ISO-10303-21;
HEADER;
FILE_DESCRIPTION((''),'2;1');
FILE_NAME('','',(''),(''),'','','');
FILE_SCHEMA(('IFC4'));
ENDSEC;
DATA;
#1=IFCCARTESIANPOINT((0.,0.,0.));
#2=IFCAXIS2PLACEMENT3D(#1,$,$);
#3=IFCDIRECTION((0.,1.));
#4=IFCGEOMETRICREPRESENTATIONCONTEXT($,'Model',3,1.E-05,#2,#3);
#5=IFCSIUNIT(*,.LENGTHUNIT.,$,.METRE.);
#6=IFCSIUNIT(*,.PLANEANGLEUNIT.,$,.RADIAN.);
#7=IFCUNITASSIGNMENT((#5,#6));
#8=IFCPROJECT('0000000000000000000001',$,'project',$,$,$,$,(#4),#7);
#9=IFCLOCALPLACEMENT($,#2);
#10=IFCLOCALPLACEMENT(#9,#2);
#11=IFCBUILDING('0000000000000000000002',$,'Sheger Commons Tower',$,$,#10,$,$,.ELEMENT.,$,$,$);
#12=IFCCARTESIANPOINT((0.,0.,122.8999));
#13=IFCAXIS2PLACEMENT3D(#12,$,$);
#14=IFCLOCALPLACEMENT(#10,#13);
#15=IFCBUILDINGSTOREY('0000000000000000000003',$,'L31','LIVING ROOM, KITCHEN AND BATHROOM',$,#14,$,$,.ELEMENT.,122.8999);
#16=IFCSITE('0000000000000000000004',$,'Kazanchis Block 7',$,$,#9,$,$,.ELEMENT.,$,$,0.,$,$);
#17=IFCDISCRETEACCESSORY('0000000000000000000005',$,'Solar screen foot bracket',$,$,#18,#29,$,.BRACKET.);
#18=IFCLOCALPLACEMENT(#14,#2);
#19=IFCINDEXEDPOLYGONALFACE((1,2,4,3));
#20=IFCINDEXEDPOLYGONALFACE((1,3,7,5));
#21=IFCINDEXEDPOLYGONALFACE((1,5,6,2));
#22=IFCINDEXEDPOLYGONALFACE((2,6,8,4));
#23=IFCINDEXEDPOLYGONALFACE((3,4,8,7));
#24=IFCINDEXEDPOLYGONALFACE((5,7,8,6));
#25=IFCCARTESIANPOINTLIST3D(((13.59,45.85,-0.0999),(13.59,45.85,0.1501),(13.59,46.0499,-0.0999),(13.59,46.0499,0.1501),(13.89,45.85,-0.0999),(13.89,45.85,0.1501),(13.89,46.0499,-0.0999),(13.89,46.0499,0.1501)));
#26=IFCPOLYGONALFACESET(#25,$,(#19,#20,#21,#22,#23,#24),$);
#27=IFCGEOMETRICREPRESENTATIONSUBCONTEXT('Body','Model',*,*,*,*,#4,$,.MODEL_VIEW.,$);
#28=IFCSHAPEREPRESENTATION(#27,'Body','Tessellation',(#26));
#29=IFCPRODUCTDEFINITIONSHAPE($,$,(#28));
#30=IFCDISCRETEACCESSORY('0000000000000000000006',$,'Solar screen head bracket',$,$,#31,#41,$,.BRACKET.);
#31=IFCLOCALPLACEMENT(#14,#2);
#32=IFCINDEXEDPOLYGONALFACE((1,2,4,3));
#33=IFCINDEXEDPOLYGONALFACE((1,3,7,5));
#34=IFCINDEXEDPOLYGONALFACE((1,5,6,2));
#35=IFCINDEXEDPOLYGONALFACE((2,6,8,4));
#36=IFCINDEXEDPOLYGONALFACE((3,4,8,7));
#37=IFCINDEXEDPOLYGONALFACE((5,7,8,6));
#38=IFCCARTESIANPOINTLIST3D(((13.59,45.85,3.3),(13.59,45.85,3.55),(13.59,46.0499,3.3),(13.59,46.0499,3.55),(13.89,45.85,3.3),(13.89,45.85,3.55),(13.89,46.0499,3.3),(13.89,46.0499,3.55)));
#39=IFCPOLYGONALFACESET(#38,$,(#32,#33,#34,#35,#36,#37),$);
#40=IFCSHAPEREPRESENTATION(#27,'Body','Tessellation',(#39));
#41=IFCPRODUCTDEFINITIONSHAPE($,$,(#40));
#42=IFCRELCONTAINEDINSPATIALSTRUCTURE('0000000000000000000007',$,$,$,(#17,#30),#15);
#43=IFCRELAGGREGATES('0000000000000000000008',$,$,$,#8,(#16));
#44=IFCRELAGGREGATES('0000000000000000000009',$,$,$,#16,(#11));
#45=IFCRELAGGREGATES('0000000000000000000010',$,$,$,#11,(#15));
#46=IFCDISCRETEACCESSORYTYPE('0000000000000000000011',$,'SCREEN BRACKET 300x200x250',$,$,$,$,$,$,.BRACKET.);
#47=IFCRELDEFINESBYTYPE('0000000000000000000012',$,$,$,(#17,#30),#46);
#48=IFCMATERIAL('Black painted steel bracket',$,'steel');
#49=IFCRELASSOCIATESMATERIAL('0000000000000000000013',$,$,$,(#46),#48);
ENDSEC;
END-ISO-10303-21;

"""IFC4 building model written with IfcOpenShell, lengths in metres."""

from ifc_helpers import new_model, si_unit, direction, frame, origin, origin_2d, place, context, subcontext, project, spatial, rectangle, extrude, material, type_object, element, save


model = new_model("IFC4")

# Units and contexts
model_context = context("Model", 3, precision=1e-05, world=origin(), true_north=direction((0.0, 1.0)))
body_context = subcontext(model_context, "Body", "Model", "MODEL_VIEW")
ifc_project = project(units=[si_unit("LENGTHUNIT", "METRE"), si_unit("PLANEANGLEUNIT", "RADIAN")], contexts=[model_context])

# Site, building, storey
site_placement = place(None, origin())
site = spatial("IfcSite", under=ifc_project, at=site_placement, Name="Kazanchis Block 7", CompositionType="ELEMENT", RefElevation=0.0)
building_placement = place(site_placement, origin())
building = spatial("IfcBuilding", under=site, at=building_placement, Name="Sheger Commons Tower", CompositionType="ELEMENT")
storey_placement = place(building_placement, frame((0.0, 0.0, 122.8999)))
storey = spatial("IfcBuildingStorey", under=building, at=storey_placement, Name="L31", Description="LIVING ROOM, KITCHEN AND BATHROOM", CompositionType="ELEMENT", Elevation=122.8999)

# Discrete accessories
ifc_material_1 = material(Name="Black painted steel bracket", Category="steel")
discrete_accessory_type = type_object("IfcDiscreteAccessoryType", Name="SCREEN BRACKET 300x200x250", PredefinedType="BRACKET", material=ifc_material_1)
for number, where, z_axis, x_axis, name in (
    (1, (13.74, 45.95, -0.0999), (0.0, 0.0, 1.0), (-1.0, 0.0, 0.0), "Solar screen foot bracket"),
    (2, (13.74, 45.95, 3.3), (0.0, 0.0, 1.0), (-1.0, 0.0, 0.0), "Solar screen head bracket"),
):
    element("IfcDiscreteAccessory", number, at=place(storey_placement, frame(where, z_axis=z_axis, x_axis=x_axis)), inside=storey, type_object=discrete_accessory_type, Name=name, PredefinedType="BRACKET", context=body_context, shape_type="SweptSolid", body=[
        extrude(rectangle(XDim=0.3, YDim=0.2, at=origin_2d()), origin(), (0.0, 0.0, 1.0), 0.25),
    ])

save(model, "model.ifc")
